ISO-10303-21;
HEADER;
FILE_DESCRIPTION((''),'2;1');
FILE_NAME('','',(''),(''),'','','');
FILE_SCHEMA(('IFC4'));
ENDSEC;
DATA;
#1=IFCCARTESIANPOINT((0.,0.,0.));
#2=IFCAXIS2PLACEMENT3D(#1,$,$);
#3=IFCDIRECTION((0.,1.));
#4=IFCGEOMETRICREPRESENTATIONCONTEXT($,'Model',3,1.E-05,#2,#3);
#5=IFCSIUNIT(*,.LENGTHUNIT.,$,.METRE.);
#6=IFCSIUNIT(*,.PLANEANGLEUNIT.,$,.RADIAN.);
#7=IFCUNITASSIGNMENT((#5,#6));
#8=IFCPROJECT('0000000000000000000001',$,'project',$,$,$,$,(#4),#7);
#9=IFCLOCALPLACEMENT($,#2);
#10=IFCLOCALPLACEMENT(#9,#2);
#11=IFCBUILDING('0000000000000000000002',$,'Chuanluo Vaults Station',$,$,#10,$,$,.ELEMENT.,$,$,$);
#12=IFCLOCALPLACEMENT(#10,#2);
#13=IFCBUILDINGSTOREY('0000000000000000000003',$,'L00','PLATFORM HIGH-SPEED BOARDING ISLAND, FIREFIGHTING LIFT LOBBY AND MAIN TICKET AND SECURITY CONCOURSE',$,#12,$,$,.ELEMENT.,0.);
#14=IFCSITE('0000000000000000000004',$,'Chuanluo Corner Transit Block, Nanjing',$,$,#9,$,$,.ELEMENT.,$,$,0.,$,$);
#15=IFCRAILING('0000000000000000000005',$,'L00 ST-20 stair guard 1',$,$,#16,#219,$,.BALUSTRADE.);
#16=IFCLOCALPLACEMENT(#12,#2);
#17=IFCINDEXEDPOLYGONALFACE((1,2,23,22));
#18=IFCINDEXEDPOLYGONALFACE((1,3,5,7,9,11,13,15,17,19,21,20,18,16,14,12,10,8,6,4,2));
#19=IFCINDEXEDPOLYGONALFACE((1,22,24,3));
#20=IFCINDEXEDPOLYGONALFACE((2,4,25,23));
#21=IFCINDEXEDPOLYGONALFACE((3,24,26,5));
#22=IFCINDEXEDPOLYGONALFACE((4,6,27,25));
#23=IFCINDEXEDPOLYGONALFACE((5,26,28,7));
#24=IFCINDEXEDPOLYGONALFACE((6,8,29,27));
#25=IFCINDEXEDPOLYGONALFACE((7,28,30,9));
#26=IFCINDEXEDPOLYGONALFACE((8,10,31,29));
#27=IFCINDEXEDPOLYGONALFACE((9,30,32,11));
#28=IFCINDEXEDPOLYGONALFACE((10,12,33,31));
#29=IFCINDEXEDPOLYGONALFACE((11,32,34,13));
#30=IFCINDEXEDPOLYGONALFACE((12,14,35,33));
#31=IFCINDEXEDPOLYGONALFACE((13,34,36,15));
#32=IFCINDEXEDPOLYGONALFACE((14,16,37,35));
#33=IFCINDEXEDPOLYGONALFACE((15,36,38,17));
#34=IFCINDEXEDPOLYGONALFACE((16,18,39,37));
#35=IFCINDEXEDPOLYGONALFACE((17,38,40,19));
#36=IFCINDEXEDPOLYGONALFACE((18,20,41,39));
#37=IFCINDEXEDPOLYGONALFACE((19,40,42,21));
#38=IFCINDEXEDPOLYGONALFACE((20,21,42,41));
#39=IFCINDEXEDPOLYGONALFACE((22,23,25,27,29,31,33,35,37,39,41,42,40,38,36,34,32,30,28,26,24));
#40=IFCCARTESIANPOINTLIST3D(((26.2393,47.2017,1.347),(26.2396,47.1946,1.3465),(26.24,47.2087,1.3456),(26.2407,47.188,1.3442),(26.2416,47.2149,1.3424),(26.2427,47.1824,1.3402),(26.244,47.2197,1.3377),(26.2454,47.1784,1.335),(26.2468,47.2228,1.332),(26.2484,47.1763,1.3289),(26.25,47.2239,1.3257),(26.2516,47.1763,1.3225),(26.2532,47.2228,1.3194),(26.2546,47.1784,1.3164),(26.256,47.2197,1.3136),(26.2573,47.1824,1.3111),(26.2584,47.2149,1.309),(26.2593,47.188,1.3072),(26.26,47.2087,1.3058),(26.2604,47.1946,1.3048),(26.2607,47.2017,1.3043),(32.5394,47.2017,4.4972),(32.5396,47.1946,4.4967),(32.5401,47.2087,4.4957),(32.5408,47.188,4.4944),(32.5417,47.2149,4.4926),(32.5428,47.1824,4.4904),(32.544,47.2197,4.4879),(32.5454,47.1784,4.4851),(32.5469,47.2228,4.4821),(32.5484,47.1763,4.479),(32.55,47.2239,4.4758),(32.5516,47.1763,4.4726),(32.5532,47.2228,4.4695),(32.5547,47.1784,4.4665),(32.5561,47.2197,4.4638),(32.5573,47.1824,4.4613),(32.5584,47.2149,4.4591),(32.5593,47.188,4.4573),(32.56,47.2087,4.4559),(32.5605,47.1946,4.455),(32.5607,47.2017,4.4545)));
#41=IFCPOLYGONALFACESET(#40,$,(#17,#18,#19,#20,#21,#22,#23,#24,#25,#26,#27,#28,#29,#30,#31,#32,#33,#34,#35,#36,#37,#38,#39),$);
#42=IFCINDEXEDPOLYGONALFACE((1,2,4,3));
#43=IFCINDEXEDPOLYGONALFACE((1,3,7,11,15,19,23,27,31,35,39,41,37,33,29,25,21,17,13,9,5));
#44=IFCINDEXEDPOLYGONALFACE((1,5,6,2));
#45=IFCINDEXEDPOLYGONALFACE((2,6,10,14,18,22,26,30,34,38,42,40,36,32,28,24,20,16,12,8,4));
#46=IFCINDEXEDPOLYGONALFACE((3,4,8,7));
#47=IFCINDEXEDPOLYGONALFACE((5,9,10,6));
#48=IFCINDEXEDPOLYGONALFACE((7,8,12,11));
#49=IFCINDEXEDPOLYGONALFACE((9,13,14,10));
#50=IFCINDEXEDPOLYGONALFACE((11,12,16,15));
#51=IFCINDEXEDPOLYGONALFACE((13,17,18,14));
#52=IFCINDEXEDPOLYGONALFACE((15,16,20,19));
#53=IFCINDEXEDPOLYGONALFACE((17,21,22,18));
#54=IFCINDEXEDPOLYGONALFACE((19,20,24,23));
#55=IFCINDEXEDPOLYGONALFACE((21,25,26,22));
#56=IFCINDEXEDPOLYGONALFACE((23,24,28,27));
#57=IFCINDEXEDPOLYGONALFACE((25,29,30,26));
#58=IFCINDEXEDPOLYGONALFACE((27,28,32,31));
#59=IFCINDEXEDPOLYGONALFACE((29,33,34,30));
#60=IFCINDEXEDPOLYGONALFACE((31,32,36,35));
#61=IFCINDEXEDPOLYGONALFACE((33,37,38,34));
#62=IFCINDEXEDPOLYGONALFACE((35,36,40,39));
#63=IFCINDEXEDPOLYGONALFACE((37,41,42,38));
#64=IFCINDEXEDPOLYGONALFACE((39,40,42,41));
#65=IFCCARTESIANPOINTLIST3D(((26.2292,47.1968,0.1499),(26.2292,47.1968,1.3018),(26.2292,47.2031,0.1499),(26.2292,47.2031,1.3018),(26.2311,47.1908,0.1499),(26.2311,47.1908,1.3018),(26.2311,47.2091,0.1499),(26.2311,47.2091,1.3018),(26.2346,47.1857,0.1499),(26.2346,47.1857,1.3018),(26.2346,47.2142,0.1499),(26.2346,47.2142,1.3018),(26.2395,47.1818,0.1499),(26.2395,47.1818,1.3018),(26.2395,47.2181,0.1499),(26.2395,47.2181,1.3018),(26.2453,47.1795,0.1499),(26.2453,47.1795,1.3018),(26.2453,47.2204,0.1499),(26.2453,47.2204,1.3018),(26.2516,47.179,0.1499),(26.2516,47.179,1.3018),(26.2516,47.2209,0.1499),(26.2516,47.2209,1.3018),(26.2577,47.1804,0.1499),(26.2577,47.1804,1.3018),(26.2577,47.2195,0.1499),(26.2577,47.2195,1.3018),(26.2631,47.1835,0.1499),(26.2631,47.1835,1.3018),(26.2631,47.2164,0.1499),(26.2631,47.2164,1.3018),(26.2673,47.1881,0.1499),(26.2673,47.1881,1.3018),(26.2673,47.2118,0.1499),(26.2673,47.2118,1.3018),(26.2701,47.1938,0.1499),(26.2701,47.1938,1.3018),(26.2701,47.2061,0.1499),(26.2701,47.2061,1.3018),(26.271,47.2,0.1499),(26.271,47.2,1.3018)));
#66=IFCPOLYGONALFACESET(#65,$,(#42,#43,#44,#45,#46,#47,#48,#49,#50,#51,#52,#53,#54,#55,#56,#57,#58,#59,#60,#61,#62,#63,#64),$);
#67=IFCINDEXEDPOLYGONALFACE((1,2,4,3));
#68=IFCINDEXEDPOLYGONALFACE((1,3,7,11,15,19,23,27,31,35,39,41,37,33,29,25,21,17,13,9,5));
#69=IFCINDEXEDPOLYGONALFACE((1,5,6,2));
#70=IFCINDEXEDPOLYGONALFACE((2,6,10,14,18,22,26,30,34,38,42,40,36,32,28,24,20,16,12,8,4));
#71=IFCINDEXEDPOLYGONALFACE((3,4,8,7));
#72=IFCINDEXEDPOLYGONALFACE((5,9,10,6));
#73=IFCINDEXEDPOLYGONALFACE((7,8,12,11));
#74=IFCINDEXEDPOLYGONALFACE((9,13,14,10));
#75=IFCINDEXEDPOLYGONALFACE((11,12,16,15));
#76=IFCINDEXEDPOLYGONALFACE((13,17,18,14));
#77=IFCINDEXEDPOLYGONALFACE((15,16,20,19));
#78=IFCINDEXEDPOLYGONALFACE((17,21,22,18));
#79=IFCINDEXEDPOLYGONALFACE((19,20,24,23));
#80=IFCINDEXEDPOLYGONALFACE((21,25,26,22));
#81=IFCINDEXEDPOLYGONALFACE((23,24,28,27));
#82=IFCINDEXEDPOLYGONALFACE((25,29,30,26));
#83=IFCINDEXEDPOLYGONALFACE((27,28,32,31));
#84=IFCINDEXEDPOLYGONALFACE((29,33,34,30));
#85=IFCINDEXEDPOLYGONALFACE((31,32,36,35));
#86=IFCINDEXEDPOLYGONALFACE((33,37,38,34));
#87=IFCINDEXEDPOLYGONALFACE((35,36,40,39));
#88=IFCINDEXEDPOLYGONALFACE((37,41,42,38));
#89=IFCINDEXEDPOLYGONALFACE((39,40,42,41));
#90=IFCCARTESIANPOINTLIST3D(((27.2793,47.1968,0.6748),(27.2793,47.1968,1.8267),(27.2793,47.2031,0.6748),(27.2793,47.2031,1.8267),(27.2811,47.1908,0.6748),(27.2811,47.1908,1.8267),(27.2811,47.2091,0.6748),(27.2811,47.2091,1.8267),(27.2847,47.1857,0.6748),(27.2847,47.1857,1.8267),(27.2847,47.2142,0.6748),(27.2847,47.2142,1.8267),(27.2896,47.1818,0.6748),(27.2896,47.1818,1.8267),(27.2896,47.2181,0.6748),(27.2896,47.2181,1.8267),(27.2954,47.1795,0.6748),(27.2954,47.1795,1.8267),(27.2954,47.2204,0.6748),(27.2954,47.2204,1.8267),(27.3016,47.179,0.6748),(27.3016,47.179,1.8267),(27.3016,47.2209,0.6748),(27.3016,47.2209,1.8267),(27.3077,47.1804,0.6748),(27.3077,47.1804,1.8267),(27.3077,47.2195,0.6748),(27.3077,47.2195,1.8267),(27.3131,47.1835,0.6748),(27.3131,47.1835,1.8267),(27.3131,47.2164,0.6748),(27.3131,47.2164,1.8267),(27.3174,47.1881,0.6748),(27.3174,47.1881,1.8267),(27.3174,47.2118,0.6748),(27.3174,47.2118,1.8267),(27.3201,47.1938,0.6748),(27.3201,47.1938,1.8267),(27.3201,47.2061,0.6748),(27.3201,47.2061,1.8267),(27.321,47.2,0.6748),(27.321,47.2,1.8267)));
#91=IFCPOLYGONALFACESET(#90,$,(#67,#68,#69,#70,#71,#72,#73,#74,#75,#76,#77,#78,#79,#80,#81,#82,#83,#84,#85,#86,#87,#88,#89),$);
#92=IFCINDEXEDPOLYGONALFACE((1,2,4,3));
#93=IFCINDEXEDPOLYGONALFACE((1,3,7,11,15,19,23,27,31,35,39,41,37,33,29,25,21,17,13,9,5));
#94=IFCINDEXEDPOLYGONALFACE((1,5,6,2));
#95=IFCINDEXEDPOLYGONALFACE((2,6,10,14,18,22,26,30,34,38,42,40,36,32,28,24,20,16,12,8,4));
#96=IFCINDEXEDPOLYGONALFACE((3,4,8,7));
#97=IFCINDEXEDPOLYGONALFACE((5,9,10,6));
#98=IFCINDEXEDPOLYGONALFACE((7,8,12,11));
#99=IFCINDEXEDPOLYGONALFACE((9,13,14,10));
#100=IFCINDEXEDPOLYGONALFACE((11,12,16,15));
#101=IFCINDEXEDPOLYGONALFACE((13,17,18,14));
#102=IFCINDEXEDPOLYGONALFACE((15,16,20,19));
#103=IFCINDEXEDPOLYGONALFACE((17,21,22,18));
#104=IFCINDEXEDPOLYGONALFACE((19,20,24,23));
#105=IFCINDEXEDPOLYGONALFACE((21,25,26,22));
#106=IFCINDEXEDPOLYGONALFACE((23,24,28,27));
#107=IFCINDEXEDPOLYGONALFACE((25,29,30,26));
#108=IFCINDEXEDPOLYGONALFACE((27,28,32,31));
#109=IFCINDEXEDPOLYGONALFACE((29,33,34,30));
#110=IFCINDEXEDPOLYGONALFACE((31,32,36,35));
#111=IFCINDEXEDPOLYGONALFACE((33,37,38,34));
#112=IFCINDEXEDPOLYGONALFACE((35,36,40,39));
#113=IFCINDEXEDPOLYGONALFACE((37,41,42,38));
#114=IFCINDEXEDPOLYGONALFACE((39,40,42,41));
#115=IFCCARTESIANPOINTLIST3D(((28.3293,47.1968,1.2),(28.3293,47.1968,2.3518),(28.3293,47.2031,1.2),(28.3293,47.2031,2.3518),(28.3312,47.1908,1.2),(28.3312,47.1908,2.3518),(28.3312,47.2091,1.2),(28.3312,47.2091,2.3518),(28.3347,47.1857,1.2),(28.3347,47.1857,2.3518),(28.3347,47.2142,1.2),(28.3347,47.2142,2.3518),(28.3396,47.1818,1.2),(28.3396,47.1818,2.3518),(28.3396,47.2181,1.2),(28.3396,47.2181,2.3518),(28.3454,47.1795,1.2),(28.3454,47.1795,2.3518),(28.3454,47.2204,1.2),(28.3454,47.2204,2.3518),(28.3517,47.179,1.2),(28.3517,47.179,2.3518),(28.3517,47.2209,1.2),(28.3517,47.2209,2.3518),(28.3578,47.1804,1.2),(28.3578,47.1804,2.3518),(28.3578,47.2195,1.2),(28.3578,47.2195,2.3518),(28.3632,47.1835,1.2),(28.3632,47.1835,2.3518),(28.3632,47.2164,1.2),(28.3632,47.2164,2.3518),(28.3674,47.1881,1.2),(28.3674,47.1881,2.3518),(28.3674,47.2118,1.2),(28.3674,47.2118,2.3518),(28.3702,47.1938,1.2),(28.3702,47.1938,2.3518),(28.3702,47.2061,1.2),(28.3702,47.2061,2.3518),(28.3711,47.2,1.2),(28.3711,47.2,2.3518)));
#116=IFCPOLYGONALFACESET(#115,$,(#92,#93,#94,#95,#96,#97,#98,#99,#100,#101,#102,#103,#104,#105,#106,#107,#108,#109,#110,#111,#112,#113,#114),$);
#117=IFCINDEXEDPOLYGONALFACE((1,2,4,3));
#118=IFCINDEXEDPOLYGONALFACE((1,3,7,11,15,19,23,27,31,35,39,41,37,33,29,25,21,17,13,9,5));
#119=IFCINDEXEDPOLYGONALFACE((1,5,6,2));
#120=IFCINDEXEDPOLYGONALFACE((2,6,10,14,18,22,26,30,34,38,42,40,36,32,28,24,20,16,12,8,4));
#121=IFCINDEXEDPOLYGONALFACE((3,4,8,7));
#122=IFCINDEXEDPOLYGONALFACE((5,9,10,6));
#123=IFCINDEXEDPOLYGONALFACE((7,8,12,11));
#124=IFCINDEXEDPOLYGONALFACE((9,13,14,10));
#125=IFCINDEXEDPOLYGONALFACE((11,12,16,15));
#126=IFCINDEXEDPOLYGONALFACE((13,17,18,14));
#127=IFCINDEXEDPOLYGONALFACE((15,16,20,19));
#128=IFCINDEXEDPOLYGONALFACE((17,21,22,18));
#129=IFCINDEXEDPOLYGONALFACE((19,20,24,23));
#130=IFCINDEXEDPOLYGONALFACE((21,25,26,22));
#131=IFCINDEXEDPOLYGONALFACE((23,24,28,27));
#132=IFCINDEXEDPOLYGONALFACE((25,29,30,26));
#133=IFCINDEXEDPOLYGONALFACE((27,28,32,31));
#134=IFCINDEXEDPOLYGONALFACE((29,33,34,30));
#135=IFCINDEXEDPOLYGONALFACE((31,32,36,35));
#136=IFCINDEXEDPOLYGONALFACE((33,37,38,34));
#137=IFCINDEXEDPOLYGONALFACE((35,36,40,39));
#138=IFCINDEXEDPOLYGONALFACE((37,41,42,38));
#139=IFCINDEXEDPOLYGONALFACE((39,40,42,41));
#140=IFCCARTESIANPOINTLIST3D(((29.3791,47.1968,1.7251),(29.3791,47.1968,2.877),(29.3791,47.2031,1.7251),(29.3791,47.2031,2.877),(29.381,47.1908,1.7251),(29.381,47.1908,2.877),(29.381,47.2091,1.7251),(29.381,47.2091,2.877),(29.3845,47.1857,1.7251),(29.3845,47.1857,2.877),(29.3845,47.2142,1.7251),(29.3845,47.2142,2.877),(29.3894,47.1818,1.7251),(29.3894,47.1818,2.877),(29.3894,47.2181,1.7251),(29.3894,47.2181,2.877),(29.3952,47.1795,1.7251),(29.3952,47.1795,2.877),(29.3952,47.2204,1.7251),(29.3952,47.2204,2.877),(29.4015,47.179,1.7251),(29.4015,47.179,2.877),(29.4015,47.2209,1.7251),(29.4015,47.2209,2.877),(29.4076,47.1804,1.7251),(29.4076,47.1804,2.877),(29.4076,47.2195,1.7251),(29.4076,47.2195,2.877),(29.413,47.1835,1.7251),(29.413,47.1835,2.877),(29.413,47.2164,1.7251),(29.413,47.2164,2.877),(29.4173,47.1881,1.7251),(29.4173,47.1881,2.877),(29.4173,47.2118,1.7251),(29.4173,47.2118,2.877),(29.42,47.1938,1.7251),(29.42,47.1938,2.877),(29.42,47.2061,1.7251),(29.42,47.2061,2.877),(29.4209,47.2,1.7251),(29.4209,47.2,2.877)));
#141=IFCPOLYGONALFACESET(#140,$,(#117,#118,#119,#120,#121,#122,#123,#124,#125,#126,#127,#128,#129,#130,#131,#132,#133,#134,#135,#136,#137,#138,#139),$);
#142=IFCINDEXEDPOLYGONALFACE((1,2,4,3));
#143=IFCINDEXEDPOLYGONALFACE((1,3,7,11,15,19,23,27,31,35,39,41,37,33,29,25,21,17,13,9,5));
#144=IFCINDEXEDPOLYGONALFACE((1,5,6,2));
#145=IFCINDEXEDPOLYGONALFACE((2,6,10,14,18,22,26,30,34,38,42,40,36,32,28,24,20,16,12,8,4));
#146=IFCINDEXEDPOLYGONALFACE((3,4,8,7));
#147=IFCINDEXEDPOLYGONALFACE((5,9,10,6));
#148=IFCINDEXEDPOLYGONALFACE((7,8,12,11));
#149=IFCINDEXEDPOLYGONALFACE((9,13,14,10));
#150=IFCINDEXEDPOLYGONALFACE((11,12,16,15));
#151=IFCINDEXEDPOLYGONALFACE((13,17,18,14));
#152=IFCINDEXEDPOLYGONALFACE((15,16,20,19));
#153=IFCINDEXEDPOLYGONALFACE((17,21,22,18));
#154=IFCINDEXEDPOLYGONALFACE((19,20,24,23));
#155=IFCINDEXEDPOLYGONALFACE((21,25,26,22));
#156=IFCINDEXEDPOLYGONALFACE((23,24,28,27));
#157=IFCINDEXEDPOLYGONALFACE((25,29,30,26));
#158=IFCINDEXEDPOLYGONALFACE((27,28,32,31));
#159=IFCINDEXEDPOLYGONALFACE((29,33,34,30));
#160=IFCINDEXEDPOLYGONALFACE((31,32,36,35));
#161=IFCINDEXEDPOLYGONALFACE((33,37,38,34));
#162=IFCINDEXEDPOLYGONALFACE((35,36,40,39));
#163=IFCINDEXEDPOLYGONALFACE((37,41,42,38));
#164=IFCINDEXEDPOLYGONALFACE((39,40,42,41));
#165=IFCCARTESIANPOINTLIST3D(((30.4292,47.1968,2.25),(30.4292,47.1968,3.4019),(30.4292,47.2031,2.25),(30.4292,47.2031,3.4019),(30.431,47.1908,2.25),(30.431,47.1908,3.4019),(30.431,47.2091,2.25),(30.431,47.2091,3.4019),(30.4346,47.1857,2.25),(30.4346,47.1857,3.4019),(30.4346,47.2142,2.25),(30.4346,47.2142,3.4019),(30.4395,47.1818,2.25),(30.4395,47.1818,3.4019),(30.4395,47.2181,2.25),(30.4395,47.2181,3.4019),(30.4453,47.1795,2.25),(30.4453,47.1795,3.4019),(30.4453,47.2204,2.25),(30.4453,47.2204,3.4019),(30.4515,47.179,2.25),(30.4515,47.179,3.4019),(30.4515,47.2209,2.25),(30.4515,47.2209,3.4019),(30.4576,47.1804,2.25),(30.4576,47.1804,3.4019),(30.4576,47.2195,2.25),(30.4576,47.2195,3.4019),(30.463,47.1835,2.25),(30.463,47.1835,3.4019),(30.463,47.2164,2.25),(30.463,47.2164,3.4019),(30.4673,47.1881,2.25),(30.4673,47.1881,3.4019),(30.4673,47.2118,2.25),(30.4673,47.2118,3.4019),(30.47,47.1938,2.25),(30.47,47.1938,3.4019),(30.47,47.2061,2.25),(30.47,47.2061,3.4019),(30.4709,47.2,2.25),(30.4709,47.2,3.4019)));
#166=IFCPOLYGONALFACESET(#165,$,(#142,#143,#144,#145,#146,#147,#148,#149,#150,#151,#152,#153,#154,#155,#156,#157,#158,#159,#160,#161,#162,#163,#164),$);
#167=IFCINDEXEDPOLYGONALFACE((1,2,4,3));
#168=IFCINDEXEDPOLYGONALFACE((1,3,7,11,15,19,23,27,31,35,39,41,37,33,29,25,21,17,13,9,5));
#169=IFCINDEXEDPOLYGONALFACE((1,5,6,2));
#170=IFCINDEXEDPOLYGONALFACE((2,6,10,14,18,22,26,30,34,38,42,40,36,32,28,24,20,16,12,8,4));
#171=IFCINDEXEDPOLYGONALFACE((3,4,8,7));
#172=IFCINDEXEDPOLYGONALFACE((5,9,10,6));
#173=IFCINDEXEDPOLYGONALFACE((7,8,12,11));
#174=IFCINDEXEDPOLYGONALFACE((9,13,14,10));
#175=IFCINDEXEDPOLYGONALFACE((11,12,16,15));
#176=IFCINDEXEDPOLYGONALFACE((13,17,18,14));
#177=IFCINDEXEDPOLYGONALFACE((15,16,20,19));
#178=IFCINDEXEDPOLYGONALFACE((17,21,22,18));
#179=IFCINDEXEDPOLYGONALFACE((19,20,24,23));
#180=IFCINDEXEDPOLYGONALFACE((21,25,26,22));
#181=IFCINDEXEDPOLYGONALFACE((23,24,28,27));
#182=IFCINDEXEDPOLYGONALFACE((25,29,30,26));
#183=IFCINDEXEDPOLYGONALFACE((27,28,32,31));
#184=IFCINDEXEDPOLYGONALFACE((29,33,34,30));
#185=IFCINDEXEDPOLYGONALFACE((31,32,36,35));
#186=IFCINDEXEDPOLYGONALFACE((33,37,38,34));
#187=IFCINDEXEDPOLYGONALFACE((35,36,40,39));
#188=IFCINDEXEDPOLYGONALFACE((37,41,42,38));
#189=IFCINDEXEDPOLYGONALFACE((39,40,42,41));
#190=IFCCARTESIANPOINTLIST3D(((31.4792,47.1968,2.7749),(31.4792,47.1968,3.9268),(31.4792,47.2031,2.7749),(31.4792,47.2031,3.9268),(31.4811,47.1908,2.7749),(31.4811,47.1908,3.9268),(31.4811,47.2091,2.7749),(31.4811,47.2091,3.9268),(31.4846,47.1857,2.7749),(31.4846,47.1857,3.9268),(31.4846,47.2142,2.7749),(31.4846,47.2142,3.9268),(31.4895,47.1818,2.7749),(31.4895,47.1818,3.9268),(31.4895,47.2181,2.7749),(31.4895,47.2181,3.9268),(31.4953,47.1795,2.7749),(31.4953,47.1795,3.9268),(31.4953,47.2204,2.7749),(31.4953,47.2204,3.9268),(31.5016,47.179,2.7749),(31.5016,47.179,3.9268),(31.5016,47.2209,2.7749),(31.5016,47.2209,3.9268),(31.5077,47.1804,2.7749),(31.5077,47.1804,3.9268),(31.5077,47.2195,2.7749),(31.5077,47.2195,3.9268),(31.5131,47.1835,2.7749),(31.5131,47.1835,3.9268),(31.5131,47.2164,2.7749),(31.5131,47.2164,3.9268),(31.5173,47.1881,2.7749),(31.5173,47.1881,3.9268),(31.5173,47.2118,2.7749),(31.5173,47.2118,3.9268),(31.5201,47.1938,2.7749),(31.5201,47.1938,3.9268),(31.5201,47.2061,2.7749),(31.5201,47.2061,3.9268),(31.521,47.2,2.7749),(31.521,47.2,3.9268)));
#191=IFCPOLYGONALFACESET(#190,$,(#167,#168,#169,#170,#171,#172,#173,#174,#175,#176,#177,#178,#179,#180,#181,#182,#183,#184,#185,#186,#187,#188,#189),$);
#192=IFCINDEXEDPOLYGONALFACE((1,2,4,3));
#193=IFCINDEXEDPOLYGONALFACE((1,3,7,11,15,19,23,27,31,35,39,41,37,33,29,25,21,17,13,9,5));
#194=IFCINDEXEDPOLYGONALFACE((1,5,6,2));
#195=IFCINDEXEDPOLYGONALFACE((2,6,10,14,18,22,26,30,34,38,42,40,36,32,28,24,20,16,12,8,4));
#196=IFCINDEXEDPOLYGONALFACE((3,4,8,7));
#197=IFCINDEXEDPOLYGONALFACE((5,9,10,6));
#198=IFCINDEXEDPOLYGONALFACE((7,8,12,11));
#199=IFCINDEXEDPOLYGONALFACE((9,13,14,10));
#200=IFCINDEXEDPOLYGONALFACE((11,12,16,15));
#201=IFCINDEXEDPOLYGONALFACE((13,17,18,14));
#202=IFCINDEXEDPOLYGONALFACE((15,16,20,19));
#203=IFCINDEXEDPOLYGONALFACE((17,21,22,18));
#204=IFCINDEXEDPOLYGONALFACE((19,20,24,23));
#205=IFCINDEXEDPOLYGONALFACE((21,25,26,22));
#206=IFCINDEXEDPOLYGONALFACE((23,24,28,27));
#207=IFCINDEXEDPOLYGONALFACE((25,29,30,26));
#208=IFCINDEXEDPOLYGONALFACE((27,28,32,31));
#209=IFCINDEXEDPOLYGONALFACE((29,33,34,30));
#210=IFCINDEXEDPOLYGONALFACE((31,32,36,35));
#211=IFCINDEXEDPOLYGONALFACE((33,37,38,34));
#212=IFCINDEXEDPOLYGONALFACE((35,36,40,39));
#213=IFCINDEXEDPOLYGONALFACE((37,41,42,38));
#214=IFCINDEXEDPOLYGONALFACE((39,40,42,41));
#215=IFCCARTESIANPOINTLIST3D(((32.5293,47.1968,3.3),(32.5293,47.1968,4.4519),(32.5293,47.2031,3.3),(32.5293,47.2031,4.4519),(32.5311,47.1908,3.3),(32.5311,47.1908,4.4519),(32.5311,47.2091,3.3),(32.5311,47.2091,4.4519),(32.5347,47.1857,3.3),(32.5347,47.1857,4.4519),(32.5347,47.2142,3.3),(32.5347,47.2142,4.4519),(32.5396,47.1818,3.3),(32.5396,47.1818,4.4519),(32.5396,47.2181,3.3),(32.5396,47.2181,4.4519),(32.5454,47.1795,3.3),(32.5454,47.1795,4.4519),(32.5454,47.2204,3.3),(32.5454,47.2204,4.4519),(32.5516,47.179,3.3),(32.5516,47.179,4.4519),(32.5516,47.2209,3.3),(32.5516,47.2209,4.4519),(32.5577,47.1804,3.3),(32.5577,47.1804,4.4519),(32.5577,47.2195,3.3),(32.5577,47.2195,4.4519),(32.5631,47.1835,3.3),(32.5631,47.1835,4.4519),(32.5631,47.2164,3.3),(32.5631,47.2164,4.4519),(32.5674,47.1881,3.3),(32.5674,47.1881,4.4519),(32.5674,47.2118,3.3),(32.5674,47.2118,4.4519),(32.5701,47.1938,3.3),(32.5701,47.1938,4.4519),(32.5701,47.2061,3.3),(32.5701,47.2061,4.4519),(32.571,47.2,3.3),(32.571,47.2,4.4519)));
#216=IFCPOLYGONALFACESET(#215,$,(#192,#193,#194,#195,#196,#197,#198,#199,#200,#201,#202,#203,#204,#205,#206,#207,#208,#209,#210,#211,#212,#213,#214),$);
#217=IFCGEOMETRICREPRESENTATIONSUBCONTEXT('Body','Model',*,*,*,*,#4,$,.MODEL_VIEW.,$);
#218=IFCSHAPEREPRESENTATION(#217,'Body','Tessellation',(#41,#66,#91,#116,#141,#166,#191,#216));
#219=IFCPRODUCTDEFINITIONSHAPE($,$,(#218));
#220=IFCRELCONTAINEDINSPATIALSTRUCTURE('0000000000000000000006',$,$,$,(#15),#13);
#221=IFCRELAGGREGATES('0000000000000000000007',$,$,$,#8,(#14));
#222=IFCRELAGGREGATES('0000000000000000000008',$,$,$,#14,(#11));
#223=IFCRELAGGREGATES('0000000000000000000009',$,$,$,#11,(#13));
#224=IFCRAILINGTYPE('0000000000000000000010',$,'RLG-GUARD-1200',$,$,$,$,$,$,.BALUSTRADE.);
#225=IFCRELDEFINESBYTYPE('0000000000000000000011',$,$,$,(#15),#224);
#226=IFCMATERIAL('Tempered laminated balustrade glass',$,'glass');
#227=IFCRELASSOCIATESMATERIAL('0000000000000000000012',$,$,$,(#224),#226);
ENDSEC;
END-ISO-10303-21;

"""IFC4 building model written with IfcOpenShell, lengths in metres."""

from ifc_helpers import new_model, si_unit, direction, frame, origin, origin_2d, place, context, subcontext, project, spatial, circle, extrude, material, type_object, element, save


model = new_model("IFC4")

# Units and contexts
model_context = context("Model", 3, precision=1e-05, world=origin(), true_north=direction((0.0, 1.0)))
body_context = subcontext(model_context, "Body", "Model", "MODEL_VIEW")
ifc_project = project(units=[si_unit("LENGTHUNIT", "METRE"), si_unit("PLANEANGLEUNIT", "RADIAN")], contexts=[model_context])

# Site, building, storey
site_placement = place(None, origin())
site = spatial("IfcSite", under=ifc_project, at=site_placement, Name="Chuanluo Corner Transit Block, Nanjing", CompositionType="ELEMENT", RefElevation=0.0)
building_placement = place(site_placement, origin())
building = spatial("IfcBuilding", under=site, at=building_placement, Name="Chuanluo Vaults Station", CompositionType="ELEMENT")
storey_placement = place(building_placement, origin())
storey = spatial("IfcBuildingStorey", under=building, at=storey_placement, Name="L00", Description="PLATFORM HIGH-SPEED BOARDING ISLAND, FIREFIGHTING LIFT LOBBY AND MAIN TICKET AND SECURITY CONCOURSE", CompositionType="ELEMENT", Elevation=0.0)

# Railing
ifc_material_1 = material(Name="Tempered laminated balustrade glass", Category="glass")
railing_type_1 = type_object("IfcRailingType", Name="RLG-GUARD-1200", PredefinedType="BALUSTRADE", material=ifc_material_1)
railing_1_placement = place(storey_placement, frame((26.25, 47.2, 0.1499)))
element("IfcRailing", 1, at=railing_1_placement, inside=storey, type_object=railing_type_1, Name="L00 ST-20 stair guard 1", PredefinedType="BALUSTRADE", context=body_context, shape_type="SweptSolid", body=[
    extrude(circle(Radius=0.0239, at=origin_2d()), frame((0.0, 0.0, 1.1758), z_axis=(0.89442, 0.0, 0.447227), x_axis=(0.0, 1.0, 0.0)), (0.0, 0.0, 1.0), 7.0437),
    extrude(circle(Radius=0.021, at=origin_2d()), origin(), (0.0, 0.0, 1.0), 1.1519),
    extrude(circle(Radius=0.021, at=origin_2d()), frame((1.05, 0.0, 0.5249)), (0.0, 0.0, 1.0), 1.1519),
    extrude(circle(Radius=0.021, at=origin_2d()), frame((2.1001, 0.0, 1.05)), (0.0, 0.0, 1.0), 1.1519),
    extrude(circle(Radius=0.021, at=origin_2d()), frame((3.1499, 0.0, 1.5752)), (0.0, 0.0, 1.0), 1.1519),
    extrude(circle(Radius=0.021, at=origin_2d()), frame((4.2, 0.0, 2.1001)), (0.0, 0.0, 1.0), 1.1519),
    extrude(circle(Radius=0.021, at=origin_2d()), frame((5.25, 0.0, 2.625)), (0.0, 0.0, 1.0), 1.1519),
    extrude(circle(Radius=0.021, at=origin_2d()), frame((6.3, 0.0, 3.1501)), (0.0, 0.0, 1.0), 1.1519),
])

save(model, "model.ifc")
